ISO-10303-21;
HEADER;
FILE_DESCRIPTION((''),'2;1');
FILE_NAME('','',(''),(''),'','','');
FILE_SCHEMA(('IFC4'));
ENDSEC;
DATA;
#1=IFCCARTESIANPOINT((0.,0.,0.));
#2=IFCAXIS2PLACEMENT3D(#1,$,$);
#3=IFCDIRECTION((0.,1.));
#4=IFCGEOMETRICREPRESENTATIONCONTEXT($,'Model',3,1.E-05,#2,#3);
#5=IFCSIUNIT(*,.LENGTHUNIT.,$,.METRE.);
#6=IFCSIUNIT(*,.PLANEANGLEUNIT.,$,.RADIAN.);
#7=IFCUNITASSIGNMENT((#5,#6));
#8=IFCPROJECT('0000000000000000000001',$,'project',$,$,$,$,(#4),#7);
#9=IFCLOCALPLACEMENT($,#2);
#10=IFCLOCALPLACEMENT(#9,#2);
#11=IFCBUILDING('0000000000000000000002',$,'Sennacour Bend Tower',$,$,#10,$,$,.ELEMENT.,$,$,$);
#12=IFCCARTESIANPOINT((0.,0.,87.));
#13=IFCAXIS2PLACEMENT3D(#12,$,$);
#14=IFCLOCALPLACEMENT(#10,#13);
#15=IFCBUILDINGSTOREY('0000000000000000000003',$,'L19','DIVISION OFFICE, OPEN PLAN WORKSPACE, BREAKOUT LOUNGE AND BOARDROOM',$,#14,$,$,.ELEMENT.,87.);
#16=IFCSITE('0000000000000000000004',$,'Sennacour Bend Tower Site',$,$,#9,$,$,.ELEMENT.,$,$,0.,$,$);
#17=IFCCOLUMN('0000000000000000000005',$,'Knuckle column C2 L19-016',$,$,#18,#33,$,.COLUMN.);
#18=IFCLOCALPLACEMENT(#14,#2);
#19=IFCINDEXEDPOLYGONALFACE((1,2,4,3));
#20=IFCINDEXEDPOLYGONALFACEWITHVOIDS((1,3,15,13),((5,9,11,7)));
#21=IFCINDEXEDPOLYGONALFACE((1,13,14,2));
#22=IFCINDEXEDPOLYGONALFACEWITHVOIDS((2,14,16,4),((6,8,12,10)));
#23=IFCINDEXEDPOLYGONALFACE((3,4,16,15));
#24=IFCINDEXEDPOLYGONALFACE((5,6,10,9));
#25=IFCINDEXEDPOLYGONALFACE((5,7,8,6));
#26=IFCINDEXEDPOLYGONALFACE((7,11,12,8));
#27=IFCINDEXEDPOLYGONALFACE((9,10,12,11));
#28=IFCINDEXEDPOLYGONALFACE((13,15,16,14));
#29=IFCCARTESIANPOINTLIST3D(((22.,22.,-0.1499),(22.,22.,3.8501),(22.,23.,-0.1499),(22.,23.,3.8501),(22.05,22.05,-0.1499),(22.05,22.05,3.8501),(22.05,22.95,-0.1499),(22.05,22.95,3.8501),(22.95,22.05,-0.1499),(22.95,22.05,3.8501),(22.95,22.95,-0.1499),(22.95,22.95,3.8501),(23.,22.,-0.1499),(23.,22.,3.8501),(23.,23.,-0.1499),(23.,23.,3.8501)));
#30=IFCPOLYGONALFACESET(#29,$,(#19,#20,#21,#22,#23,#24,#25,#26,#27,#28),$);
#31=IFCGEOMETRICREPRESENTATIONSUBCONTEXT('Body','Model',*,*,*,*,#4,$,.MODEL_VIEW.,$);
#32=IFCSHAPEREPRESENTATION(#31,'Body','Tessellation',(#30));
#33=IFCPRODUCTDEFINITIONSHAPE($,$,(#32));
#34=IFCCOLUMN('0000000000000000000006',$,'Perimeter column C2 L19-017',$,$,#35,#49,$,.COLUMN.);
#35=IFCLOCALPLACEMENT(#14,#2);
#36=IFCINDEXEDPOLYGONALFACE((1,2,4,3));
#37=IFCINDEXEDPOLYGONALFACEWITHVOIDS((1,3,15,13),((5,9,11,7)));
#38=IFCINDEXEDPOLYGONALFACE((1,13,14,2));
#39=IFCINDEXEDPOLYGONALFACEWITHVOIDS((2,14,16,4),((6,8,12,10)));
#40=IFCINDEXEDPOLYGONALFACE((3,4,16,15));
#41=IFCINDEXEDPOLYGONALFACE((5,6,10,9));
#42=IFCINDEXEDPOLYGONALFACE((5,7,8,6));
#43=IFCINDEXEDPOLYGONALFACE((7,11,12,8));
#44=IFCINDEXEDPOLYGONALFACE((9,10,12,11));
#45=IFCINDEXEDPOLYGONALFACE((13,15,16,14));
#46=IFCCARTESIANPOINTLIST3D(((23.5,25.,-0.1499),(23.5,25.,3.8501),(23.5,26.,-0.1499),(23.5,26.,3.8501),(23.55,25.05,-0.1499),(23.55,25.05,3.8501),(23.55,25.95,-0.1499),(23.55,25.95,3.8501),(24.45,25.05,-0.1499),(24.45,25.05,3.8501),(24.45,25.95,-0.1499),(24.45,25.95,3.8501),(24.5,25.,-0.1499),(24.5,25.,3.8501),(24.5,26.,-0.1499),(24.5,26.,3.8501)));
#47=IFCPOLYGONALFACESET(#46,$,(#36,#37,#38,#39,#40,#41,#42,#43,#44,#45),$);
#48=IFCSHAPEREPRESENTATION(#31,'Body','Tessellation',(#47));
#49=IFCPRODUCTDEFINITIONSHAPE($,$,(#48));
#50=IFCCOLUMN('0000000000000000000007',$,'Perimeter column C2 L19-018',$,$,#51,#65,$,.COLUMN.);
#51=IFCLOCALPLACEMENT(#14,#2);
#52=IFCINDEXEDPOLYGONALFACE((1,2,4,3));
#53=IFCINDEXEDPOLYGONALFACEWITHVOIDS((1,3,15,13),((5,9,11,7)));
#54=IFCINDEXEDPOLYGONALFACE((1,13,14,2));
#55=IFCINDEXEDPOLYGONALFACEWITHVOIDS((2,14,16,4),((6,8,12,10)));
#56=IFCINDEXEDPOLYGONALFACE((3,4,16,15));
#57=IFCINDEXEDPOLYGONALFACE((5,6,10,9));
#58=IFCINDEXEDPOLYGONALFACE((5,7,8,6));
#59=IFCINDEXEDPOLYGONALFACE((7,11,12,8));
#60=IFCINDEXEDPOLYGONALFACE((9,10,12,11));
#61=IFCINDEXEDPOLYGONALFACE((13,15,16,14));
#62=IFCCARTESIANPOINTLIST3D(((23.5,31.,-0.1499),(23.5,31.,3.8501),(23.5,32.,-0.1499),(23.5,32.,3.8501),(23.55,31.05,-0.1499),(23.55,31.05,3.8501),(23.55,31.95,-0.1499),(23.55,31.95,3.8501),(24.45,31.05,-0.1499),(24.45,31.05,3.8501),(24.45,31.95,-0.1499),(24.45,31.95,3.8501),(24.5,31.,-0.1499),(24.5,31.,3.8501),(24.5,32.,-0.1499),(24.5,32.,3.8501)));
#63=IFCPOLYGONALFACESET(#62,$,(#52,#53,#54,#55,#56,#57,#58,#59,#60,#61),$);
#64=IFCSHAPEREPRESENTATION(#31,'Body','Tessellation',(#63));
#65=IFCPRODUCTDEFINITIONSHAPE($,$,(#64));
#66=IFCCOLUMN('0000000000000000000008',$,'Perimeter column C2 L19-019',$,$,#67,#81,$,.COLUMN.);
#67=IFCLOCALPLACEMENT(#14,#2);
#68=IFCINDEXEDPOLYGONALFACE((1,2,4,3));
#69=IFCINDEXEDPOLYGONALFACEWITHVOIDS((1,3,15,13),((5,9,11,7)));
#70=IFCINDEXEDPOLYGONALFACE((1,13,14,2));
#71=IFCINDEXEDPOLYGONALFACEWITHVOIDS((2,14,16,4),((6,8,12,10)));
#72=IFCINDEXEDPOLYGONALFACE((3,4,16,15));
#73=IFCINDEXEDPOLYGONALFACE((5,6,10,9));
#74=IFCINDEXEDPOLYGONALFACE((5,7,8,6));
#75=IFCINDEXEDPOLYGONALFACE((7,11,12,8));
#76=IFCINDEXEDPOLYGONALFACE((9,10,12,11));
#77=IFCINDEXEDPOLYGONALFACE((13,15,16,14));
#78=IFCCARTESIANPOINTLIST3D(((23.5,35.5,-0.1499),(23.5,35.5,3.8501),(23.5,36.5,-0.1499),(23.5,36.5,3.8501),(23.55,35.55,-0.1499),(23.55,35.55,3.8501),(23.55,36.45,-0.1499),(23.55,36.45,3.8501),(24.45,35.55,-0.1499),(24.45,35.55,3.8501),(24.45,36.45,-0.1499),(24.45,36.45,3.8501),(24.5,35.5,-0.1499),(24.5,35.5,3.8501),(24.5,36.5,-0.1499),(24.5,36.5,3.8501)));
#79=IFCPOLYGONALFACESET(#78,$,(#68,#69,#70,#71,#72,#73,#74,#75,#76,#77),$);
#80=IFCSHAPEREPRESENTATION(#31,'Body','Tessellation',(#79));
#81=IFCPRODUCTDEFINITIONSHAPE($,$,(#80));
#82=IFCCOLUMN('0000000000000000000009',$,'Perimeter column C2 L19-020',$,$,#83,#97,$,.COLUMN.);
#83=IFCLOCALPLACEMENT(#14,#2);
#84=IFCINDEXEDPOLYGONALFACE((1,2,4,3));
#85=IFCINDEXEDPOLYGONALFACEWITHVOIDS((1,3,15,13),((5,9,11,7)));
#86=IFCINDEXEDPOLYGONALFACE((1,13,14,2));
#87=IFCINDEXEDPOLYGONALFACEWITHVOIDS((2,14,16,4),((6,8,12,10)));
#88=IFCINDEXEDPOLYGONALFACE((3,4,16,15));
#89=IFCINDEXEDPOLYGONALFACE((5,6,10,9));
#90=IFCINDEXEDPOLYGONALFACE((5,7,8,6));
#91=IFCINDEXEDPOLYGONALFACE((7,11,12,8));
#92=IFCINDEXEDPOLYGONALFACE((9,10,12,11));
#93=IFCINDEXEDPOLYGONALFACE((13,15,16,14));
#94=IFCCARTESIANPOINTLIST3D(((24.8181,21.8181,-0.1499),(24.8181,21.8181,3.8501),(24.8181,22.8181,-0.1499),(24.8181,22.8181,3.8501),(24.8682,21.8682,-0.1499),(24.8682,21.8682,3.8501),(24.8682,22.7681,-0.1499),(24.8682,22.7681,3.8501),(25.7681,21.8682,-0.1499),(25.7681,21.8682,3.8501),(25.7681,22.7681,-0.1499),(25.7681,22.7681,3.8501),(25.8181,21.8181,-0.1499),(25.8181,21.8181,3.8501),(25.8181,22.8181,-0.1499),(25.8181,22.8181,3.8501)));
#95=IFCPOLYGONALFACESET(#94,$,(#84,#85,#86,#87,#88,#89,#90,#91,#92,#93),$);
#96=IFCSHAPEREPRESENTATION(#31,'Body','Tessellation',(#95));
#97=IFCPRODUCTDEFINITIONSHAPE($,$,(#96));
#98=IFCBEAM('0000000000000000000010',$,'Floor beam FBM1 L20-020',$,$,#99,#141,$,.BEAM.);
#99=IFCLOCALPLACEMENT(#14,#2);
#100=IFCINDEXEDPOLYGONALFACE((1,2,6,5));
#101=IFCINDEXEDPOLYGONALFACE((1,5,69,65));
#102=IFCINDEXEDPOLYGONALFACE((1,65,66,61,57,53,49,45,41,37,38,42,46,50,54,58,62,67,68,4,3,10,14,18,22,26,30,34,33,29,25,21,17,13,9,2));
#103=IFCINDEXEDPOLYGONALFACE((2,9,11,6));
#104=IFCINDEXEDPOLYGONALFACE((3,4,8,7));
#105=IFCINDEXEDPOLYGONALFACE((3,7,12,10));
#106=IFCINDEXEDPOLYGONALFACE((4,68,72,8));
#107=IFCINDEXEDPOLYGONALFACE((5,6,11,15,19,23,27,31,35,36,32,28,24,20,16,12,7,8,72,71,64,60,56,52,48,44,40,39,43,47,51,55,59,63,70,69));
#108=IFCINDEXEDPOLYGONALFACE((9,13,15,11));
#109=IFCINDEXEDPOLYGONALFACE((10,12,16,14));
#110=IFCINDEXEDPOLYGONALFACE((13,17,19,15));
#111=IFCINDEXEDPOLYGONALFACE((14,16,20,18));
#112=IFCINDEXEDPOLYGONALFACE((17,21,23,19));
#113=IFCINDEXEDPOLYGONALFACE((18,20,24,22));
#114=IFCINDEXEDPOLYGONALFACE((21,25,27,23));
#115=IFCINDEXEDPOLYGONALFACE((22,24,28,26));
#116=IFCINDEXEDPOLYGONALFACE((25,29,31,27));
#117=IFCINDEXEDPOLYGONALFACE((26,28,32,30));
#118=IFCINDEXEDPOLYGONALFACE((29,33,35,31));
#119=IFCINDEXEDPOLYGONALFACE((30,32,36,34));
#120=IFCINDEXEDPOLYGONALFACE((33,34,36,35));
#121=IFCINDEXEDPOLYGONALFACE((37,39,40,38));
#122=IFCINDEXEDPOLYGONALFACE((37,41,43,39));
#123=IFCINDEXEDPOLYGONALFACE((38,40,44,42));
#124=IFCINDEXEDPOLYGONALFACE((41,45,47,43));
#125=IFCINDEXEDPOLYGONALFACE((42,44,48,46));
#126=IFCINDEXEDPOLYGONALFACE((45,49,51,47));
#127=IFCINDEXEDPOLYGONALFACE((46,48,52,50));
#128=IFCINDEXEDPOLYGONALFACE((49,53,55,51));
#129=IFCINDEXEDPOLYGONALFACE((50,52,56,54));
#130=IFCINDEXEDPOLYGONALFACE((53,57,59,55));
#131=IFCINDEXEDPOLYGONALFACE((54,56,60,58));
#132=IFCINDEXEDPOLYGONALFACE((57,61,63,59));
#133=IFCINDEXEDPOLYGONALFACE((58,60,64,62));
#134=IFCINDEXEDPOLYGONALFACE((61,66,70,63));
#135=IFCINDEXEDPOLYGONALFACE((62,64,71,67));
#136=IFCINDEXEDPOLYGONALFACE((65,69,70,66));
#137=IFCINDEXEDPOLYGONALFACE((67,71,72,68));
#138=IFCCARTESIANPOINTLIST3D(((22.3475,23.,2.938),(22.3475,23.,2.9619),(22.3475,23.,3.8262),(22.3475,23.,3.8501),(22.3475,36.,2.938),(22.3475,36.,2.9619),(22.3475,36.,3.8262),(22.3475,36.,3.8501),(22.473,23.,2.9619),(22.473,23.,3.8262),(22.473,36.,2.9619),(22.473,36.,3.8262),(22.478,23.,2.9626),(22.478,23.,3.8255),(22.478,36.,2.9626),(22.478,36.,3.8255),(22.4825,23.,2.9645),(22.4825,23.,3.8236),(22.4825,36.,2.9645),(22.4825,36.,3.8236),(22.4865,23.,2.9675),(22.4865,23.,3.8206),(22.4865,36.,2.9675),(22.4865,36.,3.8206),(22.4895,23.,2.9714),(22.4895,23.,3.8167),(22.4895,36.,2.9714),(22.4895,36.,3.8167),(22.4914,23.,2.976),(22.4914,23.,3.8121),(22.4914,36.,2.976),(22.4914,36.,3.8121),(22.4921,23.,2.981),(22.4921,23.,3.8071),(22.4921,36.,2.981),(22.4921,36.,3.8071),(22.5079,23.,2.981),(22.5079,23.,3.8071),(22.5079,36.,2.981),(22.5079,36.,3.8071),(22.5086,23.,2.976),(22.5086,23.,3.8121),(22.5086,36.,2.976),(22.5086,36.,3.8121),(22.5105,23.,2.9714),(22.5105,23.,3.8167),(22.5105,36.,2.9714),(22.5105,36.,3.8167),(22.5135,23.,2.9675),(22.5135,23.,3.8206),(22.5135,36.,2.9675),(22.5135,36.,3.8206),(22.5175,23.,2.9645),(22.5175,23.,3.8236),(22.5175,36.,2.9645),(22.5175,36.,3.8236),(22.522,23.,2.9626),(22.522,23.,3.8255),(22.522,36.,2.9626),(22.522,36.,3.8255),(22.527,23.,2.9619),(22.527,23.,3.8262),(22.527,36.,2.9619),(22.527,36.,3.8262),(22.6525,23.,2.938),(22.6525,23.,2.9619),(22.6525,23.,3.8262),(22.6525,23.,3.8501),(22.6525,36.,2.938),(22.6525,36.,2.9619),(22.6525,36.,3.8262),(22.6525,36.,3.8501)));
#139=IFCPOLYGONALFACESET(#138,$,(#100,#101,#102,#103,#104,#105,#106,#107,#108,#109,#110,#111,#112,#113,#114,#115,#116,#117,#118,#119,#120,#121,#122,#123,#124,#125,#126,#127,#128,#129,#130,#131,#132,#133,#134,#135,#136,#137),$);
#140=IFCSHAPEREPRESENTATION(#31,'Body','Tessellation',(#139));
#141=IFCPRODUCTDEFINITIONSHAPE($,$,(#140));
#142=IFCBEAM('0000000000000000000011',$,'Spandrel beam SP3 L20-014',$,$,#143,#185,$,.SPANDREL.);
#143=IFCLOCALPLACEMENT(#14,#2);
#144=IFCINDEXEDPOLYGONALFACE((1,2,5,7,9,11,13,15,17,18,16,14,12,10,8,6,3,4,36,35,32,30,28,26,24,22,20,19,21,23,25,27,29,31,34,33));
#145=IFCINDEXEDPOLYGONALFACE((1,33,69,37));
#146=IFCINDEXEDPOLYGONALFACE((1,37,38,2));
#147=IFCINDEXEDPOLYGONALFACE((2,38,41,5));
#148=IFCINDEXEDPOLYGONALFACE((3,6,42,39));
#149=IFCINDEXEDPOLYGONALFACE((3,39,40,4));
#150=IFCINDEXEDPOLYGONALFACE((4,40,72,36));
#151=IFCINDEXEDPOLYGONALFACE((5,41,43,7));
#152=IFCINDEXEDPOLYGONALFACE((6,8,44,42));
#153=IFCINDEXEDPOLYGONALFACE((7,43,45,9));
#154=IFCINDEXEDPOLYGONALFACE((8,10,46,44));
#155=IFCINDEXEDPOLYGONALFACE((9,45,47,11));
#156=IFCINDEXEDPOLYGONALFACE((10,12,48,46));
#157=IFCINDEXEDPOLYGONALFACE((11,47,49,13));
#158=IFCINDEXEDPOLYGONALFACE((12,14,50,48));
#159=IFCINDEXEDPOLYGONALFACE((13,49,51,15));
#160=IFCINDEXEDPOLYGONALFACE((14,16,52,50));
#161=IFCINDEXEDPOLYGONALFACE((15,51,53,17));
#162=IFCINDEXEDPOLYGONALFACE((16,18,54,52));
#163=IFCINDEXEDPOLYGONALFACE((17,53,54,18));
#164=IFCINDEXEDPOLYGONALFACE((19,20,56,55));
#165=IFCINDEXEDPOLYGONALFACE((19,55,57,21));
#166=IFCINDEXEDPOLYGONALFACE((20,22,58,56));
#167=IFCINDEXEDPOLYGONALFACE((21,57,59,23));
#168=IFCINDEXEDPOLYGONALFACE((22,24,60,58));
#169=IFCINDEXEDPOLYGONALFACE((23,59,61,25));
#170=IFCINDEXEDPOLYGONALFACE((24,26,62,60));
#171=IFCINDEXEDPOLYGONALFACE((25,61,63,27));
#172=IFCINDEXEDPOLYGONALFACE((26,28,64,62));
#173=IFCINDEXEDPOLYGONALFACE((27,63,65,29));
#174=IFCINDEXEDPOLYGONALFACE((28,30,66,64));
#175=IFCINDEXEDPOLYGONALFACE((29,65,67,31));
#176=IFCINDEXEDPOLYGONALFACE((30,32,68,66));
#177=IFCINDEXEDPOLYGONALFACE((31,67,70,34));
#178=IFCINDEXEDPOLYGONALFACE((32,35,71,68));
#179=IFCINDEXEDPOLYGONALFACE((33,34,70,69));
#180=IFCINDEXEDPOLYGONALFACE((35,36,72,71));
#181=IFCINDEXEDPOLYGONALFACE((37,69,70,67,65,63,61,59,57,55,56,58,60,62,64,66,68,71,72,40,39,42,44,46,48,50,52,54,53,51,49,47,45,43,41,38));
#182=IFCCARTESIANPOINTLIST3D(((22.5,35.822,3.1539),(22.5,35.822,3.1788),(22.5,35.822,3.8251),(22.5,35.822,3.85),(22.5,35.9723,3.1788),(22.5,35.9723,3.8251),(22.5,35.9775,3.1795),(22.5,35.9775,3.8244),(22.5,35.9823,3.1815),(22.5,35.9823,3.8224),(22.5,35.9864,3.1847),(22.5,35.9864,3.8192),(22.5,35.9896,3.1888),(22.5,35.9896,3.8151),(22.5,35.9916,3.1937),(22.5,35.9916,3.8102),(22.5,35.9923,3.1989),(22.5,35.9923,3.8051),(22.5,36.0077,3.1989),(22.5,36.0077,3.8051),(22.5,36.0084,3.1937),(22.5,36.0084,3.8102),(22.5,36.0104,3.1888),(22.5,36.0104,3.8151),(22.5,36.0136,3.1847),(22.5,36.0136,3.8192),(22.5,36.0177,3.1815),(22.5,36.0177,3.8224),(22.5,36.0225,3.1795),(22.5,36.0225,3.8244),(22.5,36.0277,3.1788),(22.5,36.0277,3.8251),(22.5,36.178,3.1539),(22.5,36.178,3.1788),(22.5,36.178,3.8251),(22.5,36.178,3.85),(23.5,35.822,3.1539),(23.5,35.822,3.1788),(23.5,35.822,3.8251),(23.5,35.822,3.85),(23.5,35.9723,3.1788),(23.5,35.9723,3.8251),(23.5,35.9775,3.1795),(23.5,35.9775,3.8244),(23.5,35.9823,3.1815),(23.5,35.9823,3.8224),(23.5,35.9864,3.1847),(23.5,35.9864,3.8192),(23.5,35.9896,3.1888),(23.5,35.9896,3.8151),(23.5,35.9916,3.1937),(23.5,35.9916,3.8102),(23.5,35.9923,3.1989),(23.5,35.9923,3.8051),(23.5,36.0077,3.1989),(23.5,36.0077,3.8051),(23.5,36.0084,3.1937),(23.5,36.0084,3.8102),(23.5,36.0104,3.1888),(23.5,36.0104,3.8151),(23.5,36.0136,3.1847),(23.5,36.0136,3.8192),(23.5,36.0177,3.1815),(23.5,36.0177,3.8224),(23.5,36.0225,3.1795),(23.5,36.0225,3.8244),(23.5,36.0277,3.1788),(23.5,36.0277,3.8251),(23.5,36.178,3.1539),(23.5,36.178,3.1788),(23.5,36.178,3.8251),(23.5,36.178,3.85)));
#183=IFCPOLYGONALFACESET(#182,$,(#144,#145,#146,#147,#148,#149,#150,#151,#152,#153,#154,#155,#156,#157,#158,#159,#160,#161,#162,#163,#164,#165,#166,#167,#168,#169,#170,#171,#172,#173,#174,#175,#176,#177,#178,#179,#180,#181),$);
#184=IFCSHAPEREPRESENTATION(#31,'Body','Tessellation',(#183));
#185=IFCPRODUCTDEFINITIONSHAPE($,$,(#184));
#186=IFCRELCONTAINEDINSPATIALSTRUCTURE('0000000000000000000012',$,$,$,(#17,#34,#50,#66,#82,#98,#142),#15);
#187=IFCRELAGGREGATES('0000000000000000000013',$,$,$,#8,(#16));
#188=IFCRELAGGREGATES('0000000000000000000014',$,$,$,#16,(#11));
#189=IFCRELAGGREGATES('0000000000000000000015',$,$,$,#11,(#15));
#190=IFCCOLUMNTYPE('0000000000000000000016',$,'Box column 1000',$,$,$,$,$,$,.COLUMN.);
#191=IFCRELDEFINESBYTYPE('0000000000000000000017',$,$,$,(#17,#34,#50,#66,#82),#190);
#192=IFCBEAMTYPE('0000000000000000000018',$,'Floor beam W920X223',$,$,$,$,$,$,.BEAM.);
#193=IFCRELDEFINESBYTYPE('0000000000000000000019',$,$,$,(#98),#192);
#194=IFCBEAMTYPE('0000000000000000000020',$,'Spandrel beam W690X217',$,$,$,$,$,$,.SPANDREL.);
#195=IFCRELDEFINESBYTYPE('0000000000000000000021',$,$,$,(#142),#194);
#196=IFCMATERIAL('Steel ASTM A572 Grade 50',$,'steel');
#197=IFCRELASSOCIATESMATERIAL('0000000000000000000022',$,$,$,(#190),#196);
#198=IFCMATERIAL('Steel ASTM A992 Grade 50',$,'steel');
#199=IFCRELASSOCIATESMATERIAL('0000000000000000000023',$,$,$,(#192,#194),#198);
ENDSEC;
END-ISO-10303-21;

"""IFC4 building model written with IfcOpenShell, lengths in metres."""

from ifc_helpers import new_model, si_unit, direction, frame, origin, origin_2d, place, context, subcontext, project, spatial, hollow_rectangle, i_section, extrude, material, material_profile, profile_set, type_object, element, save


model = new_model("IFC4")

# Units and contexts
model_context = context("Model", 3, precision=1e-05, world=origin(), true_north=direction((0.0, 1.0)))
body_context = subcontext(model_context, "Body", "Model", "MODEL_VIEW")
ifc_project = project(units=[si_unit("LENGTHUNIT", "METRE"), si_unit("PLANEANGLEUNIT", "RADIAN")], contexts=[model_context])

# Site, building, storey
site_placement = place(None, origin())
site = spatial("IfcSite", under=ifc_project, at=site_placement, Name="Sennacour Bend Tower Site", CompositionType="ELEMENT", RefElevation=0.0)
building_placement = place(site_placement, origin())
building = spatial("IfcBuilding", under=site, at=building_placement, Name="Sennacour Bend Tower", CompositionType="ELEMENT")
storey_placement = place(building_placement, frame((0.0, 0.0, 87.0)))
storey = spatial("IfcBuildingStorey", under=building, at=storey_placement, Name="L19", Description="DIVISION OFFICE, OPEN PLAN WORKSPACE, BREAKOUT LOUNGE AND BOARDROOM", CompositionType="ELEMENT", Elevation=87.0)

# Columns
ifc_material_1 = material(Name="Steel ASTM A572 Grade 50", Category="steel")
ifc_material_profile_1 = material_profile(ifc_material_1, hollow_rectangle(XDim=1.0, YDim=1.0, WallThickness=0.05, at=origin_2d()), Name="Steel ASTM A572 Grade 50", Category="steel")
ifc_profile_set_1 = profile_set([ifc_material_profile_1], Name="Steel ASTM A572 Grade 50")
column_type = type_object("IfcColumnType", Name="Box column 1000", PredefinedType="COLUMN", material=ifc_profile_set_1)
for number, where, z_axis, x_axis, name in (
    (1, (22.5, 22.5, -0.1499), (0.0, 0.0, 1.0), (1.0, 0.0, 0.0), "Knuckle column C2 L19-016"),
    (2, (24.0, 25.5, -0.1499), (0.0, 0.0, 1.0), (1.0, 0.0, 0.0), "Perimeter column C2 L19-017"),
    (3, (24.0, 31.5, -0.1499), (0.0, 0.0, 1.0), (1.0, 0.0, 0.0), "Perimeter column C2 L19-018"),
    (4, (24.0, 36.0, -0.1499), (0.0, 0.0, 1.0), (1.0, 0.0, 0.0), "Perimeter column C2 L19-019"),
    (5, (25.3181, 22.3181, -0.1499), (0.0, 0.0, 1.0), (1.0, 0.0, 0.0), "Perimeter column C2 L19-020"),
):
    element("IfcColumn", number, at=place(storey_placement, frame(where, z_axis=z_axis, x_axis=x_axis)), inside=storey, type_object=column_type, Name=name, PredefinedType="COLUMN", context=body_context, shape_type="SweptSolid", body=[
        extrude(hollow_rectangle(XDim=1.0, YDim=1.0, WallThickness=0.05, at=origin_2d()), origin(), (0.0, 0.0, 1.0), 4.0),
    ])

# Beams
ifc_material_2 = material(Name="Steel ASTM A992 Grade 50", Category="steel")
ifc_material_profile_2 = material_profile(ifc_material_2, i_section(OverallWidth=0.3049, OverallDepth=0.9121, WebThickness=0.0159, FlangeThickness=0.0239, FilletRadius=0.019, at=origin_2d()), Name="Steel ASTM A992 Grade 50", Category="steel")
ifc_profile_set_2 = profile_set([ifc_material_profile_2], Name="Steel ASTM A992 Grade 50")
beam_type_1 = type_object("IfcBeamType", Name="Floor beam W920X223", PredefinedType="BEAM", material=ifc_profile_set_2)
beam_1_placement = place(storey_placement, frame((22.5, 23.0, 3.394), z_axis=(0.0, 1.0, 0.0), x_axis=(-1.0, 0.0, 0.0)))
element("IfcBeam", 6, at=beam_1_placement, inside=storey, type_object=beam_type_1, Name="Floor beam FBM1 L20-020", PredefinedType="BEAM", context=body_context, shape_type="SweptSolid", body=[
    extrude(i_section(OverallWidth=0.3049, OverallDepth=0.9121, WebThickness=0.0159, FlangeThickness=0.0239, FilletRadius=0.019, at=origin_2d()), origin(), (0.0, 0.0, 1.0), 13.0),
])
ifc_material_profile_3 = material_profile(ifc_material_2, i_section(OverallWidth=0.356, OverallDepth=0.696, WebThickness=0.0154, FlangeThickness=0.0249, FilletRadius=0.02, at=origin_2d()), Name="Steel ASTM A992 Grade 50", Category="steel")
ifc_profile_set_3 = profile_set([ifc_material_profile_3], Name="Steel ASTM A992 Grade 50")
beam_type_2 = type_object("IfcBeamType", Name="Spandrel beam W690X217", PredefinedType="SPANDREL", material=ifc_profile_set_3)
beam_2_placement = place(storey_placement, frame((22.5, 36.0, 3.502), z_axis=(1.0, 0.0, 0.0), x_axis=(0.0, 1.0, 0.0)))
element("IfcBeam", 7, at=beam_2_placement, inside=storey, type_object=beam_type_2, Name="Spandrel beam SP3 L20-014", PredefinedType="SPANDREL", context=body_context, shape_type="SweptSolid", body=[
    extrude(i_section(OverallWidth=0.356, OverallDepth=0.696, WebThickness=0.0154, FlangeThickness=0.0249, FilletRadius=0.02, at=origin_2d()), origin(), (0.0, 0.0, 1.0), 1.0),
])

save(model, "model.ifc")
